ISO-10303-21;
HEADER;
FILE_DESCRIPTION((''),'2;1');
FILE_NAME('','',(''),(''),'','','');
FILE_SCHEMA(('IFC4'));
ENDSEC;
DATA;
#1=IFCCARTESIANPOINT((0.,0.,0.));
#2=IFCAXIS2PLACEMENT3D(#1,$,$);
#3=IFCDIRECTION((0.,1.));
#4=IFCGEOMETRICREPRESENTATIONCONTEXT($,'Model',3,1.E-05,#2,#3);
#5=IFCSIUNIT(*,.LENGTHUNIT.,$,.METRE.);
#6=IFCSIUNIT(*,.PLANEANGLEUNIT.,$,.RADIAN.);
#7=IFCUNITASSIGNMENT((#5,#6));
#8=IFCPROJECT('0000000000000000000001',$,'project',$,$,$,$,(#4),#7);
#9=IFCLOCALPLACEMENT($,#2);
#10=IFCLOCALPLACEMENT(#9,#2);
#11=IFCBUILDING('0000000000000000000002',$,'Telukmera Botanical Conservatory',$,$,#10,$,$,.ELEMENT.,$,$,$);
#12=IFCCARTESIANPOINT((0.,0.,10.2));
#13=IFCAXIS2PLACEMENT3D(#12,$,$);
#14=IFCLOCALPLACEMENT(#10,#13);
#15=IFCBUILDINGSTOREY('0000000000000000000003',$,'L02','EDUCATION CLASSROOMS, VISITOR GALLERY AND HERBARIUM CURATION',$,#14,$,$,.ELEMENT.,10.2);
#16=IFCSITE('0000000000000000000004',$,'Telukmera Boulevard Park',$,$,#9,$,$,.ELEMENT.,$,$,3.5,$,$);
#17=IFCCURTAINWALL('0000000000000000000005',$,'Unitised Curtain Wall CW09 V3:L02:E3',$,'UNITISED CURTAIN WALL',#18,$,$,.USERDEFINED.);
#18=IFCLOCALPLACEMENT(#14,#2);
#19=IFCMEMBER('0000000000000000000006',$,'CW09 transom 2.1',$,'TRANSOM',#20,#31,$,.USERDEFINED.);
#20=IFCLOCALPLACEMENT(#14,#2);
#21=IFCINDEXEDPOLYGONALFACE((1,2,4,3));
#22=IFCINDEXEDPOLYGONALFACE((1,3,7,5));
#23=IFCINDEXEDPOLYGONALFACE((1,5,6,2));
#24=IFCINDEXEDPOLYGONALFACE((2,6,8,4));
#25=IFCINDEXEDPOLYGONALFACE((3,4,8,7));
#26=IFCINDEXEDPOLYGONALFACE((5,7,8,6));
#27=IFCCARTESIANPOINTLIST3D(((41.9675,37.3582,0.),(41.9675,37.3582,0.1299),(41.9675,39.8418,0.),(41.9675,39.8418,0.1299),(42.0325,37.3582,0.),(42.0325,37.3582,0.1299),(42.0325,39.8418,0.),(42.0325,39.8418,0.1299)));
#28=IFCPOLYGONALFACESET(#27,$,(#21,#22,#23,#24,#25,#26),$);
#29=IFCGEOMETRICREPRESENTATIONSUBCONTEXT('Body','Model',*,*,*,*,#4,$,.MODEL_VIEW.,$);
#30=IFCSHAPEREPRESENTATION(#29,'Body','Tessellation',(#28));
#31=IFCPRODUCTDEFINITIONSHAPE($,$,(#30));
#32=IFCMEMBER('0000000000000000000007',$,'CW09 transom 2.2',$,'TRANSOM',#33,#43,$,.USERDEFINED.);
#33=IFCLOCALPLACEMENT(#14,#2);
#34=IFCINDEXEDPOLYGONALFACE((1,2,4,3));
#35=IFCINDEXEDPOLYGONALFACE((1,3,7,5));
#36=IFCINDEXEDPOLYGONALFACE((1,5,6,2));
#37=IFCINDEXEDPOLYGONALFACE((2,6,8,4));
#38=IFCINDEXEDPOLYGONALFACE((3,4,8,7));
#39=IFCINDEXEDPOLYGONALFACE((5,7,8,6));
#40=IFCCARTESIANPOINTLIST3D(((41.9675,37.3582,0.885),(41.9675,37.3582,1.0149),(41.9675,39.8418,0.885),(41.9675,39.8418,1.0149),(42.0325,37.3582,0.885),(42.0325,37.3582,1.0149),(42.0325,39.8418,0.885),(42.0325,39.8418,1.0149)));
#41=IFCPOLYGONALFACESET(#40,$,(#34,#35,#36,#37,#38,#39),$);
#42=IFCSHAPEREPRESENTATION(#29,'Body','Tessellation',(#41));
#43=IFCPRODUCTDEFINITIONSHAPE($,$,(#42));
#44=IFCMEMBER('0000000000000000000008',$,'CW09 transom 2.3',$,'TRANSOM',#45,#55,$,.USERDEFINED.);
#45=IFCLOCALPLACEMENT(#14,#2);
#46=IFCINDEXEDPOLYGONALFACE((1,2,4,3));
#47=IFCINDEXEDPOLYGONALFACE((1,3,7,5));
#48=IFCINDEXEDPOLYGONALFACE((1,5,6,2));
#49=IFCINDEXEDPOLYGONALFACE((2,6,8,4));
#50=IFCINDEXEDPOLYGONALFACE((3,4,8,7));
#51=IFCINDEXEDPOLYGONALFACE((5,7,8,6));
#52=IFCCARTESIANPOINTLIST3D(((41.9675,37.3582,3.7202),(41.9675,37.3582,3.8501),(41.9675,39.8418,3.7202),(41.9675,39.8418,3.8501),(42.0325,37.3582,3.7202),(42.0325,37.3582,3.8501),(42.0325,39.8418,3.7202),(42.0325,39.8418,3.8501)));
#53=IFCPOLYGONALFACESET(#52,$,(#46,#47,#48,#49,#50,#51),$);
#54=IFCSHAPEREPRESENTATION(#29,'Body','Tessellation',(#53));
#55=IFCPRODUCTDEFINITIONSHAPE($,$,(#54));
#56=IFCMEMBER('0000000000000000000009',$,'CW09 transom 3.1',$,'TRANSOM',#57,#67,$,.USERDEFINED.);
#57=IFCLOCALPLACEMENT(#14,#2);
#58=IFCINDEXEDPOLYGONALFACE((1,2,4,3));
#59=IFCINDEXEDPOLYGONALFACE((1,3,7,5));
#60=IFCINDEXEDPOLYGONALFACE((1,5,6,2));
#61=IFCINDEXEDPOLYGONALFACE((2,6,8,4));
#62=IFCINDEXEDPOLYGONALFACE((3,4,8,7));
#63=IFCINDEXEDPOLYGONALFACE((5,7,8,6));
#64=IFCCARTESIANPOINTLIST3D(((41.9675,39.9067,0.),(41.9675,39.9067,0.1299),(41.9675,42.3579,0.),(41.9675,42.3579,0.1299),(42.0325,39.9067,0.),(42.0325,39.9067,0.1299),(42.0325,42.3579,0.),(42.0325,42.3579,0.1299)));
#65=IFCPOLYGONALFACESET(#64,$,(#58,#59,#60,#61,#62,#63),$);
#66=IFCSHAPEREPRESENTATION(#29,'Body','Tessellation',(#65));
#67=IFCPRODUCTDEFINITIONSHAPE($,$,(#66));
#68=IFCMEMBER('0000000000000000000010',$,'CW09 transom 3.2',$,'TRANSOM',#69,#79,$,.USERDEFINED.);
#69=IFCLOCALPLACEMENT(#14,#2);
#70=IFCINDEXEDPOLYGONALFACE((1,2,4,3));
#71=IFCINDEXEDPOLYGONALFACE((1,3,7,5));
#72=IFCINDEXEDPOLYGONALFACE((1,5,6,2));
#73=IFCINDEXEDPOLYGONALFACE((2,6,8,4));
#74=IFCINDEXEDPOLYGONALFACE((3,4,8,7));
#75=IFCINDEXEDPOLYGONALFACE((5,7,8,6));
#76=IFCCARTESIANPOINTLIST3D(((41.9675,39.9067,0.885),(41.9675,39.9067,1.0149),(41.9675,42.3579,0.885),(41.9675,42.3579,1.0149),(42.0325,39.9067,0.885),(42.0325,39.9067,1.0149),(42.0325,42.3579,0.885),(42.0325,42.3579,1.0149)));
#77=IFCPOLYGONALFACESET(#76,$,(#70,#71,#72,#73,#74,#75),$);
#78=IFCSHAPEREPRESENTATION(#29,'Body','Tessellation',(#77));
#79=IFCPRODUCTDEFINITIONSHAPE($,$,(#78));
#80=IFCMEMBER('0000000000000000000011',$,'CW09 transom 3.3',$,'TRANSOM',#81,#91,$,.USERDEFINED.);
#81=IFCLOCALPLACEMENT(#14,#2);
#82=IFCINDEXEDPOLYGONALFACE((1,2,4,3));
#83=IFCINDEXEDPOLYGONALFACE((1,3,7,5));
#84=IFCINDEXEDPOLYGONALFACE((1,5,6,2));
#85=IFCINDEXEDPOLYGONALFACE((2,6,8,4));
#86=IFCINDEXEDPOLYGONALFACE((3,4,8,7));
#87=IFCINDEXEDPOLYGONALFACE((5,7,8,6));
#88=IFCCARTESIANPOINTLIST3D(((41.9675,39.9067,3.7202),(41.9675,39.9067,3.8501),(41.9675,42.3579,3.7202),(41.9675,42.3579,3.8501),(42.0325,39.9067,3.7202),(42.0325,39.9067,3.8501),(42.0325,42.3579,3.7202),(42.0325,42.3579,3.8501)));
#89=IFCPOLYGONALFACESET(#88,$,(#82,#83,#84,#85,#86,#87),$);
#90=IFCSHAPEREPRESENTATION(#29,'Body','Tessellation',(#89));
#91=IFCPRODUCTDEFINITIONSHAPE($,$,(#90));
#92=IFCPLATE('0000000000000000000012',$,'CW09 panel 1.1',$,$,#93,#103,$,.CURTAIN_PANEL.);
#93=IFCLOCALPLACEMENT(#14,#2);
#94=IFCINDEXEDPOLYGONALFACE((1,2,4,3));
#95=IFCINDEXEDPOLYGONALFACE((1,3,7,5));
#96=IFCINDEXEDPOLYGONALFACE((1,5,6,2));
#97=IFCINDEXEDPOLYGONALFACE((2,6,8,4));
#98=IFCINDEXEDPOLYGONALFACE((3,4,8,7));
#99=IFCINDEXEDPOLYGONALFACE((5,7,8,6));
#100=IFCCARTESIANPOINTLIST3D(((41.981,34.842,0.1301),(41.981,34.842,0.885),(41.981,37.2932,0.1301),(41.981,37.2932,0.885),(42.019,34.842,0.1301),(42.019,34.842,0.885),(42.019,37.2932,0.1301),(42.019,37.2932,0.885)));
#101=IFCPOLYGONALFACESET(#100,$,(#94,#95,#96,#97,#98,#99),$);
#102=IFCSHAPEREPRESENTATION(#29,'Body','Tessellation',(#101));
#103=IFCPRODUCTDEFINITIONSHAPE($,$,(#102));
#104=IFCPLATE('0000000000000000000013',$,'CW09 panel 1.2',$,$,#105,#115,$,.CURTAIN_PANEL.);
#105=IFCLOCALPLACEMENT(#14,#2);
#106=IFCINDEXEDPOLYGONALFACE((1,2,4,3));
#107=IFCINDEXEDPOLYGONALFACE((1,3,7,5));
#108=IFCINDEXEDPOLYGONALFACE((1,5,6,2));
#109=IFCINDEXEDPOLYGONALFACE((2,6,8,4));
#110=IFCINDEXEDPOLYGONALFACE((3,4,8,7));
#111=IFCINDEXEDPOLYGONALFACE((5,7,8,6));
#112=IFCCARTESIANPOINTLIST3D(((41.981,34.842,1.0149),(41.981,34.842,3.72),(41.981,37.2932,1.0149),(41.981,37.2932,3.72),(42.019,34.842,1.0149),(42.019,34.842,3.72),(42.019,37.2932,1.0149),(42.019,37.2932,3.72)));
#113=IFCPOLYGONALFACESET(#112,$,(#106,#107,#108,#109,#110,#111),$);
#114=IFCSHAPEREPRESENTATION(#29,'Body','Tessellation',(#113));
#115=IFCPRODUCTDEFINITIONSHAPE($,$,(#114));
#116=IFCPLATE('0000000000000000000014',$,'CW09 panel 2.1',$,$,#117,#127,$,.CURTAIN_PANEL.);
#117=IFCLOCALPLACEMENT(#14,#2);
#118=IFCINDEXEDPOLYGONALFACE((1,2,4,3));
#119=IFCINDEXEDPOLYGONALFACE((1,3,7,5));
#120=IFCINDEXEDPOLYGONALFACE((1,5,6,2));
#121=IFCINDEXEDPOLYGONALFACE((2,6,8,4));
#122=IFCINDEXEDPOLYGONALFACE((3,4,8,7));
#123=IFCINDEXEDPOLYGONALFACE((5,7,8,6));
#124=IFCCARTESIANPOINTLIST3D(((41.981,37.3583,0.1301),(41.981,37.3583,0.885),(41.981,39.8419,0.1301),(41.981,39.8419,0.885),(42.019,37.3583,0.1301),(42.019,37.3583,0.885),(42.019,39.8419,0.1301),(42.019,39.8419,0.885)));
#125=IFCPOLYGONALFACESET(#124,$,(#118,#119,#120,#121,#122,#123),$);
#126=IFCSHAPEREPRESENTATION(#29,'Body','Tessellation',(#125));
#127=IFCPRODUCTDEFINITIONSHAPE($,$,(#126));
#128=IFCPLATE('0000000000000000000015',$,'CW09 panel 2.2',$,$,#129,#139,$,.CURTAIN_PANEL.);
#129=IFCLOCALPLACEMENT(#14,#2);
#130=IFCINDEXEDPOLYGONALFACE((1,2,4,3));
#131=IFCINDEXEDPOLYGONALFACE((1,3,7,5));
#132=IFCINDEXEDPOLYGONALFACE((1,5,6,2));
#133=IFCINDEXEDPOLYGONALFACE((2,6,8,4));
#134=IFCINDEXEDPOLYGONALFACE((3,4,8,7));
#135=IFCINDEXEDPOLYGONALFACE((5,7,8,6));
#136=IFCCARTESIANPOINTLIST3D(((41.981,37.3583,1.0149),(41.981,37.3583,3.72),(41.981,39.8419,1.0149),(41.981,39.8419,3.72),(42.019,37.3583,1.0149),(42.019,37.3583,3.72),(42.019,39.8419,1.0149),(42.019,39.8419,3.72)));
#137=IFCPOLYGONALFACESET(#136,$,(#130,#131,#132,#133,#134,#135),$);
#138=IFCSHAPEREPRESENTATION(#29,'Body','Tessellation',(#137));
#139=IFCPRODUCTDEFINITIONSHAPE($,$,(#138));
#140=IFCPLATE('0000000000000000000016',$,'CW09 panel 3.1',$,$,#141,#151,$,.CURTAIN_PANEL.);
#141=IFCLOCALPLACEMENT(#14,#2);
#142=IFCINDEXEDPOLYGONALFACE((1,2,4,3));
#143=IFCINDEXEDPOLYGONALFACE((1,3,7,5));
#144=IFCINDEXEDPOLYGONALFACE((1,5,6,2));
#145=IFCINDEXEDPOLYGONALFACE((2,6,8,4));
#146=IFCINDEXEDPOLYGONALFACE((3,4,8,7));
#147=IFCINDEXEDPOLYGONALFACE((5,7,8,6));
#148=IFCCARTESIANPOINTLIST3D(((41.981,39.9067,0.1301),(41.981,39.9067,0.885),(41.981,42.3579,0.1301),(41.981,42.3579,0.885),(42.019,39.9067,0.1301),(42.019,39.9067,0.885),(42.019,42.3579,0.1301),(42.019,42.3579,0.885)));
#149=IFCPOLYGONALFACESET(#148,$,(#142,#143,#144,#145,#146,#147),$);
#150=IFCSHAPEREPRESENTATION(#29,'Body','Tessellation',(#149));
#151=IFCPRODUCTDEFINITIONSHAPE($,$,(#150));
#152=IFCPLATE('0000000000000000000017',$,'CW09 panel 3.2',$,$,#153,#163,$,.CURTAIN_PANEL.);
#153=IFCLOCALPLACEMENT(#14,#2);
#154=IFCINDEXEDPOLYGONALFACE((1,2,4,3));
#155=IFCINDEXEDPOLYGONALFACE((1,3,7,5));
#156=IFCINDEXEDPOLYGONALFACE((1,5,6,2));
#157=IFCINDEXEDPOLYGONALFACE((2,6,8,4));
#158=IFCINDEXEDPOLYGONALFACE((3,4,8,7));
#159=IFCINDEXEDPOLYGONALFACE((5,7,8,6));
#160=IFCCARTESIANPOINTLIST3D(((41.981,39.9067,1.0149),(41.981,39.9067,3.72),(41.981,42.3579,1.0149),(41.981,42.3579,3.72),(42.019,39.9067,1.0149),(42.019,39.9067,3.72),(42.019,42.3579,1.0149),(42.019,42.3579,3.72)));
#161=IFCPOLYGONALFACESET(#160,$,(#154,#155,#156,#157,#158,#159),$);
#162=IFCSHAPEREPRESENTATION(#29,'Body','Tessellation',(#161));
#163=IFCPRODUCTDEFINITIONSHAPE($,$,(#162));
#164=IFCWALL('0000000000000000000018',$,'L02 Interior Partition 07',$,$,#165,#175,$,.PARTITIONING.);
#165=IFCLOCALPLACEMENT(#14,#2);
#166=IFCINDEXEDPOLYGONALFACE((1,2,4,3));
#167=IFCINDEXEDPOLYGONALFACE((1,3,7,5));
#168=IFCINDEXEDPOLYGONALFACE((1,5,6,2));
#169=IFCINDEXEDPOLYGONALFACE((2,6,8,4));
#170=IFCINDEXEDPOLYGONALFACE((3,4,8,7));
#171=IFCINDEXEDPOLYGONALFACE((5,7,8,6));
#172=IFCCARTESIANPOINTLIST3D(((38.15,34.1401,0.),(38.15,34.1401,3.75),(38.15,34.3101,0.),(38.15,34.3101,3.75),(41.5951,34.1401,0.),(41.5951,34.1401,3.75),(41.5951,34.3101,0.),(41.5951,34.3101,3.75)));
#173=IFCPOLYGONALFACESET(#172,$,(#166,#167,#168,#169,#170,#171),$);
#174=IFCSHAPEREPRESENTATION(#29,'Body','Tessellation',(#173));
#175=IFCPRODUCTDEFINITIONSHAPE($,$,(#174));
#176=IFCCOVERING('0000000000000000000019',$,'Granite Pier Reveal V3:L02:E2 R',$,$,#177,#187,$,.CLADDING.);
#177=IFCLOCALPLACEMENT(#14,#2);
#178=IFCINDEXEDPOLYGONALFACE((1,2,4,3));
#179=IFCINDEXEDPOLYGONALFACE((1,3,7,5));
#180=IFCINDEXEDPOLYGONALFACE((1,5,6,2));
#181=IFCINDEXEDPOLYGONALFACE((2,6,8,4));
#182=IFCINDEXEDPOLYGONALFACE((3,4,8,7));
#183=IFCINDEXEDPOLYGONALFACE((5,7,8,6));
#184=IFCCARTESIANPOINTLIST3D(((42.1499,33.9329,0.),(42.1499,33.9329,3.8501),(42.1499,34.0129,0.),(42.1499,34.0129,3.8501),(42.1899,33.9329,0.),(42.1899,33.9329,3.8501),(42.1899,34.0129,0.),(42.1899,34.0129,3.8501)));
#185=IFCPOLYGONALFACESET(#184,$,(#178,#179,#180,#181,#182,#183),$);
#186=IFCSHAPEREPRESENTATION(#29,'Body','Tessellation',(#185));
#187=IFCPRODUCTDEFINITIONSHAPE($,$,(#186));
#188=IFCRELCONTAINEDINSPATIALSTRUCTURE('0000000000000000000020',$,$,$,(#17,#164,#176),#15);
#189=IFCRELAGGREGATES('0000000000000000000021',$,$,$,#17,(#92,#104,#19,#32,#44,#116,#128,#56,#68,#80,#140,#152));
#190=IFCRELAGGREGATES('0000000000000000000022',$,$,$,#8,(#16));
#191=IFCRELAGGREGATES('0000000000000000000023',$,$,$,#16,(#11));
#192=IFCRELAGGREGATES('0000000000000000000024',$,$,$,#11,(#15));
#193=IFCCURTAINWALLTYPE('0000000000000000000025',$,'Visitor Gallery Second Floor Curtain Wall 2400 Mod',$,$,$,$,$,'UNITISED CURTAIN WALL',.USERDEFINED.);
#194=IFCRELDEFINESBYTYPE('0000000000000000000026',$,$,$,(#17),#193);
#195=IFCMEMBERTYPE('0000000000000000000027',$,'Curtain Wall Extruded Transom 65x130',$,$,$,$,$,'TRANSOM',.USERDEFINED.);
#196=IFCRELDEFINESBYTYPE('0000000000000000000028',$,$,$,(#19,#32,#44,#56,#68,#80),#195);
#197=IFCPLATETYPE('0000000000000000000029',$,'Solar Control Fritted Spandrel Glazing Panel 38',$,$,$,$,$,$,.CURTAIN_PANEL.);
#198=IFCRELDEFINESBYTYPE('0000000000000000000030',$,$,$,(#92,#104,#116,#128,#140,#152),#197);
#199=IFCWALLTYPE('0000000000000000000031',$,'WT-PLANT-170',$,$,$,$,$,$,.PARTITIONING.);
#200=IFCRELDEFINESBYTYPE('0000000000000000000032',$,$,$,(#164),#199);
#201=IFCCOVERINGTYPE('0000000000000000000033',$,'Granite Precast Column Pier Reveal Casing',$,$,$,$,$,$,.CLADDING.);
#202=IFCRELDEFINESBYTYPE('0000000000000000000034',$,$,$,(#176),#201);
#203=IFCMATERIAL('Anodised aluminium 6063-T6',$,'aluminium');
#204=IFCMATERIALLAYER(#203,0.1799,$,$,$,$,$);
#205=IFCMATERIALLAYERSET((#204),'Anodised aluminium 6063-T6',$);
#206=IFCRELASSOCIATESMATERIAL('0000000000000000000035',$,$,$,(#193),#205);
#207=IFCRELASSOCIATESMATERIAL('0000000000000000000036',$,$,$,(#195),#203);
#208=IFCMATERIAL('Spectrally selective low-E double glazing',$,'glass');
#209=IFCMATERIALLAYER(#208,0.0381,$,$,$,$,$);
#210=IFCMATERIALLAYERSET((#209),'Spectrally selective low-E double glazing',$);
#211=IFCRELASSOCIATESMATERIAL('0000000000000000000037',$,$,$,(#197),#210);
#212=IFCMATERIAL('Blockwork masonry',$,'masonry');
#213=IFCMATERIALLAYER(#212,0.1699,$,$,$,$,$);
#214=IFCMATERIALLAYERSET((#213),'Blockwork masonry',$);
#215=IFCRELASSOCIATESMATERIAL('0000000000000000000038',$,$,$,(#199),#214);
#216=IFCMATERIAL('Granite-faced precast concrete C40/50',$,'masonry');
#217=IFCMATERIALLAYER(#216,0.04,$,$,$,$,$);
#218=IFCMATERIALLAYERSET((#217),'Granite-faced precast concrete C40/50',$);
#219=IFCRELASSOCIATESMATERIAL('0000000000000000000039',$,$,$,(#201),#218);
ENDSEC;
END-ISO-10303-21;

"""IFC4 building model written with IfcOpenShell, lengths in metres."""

from ifc_helpers import new_model, si_unit, direction, frame, frame_2d, origin, origin_2d, place, context, subcontext, project, spatial, rectangle, extrude, material, layer, layer_set, material_profile, profile_set, type_object, element, aggregate, save


model = new_model("IFC4")

# Units and contexts
model_context = context("Model", 3, precision=1e-05, world=origin(), true_north=direction((0.0, 1.0)))
body_context = subcontext(model_context, "Body", "Model", "MODEL_VIEW")
ifc_project = project(units=[si_unit("LENGTHUNIT", "METRE"), si_unit("PLANEANGLEUNIT", "RADIAN")], contexts=[model_context])

# Site, building, storey
site_placement = place(None, origin())
site = spatial("IfcSite", under=ifc_project, at=site_placement, Name="Telukmera Boulevard Park", CompositionType="ELEMENT", RefElevation=3.5)
building_placement = place(site_placement, origin())
building = spatial("IfcBuilding", under=site, at=building_placement, Name="Telukmera Botanical Conservatory", CompositionType="ELEMENT")
storey_placement = place(building_placement, frame((0.0, 0.0, 10.2)))
storey = spatial("IfcBuildingStorey", under=building, at=storey_placement, Name="L02", Description="EDUCATION CLASSROOMS, VISITOR GALLERY AND HERBARIUM CURATION", CompositionType="ELEMENT", Elevation=10.2)

# Curtain wall, members, plates
ifc_material_1 = material(Name="Anodised aluminium 6063-T6", Category="aluminium")
ifc_layer_1 = layer(ifc_material_1, 0.1799)
ifc_layer_set_1 = layer_set([ifc_layer_1], Name="Anodised aluminium 6063-T6")
curtain_wall_type = type_object("IfcCurtainWallType", Name="Visitor Gallery Second Floor Curtain Wall 2400 Mod", ElementType="UNITISED CURTAIN WALL", PredefinedType="USERDEFINED", material=ifc_layer_set_1)
curtain_wall_placement = place(storey_placement, origin())
curtain_wall = element("IfcCurtainWall", 1, at=curtain_wall_placement, inside=storey, type_object=curtain_wall_type, Name="Unitised Curtain Wall CW09 V3:L02:E3", ObjectType="UNITISED CURTAIN WALL", PredefinedType="USERDEFINED")
ifc_material_profile_1 = material_profile(ifc_material_1, rectangle(XDim=0.0649, YDim=0.1299, at=origin_2d()), Name="ALU TRAN 65x130")
ifc_profile_set_1 = profile_set([ifc_material_profile_1], Name="Anodised aluminium 6063-T6")
member_type_1 = type_object("IfcMemberType", Name="Curtain Wall Extruded Transom 65x130", ElementType="TRANSOM", PredefinedType="USERDEFINED", material=ifc_profile_set_1)
member_1_placement = place(storey_placement, frame((42.0, 37.3582, 0.0649), z_axis=(0.0, 1.0, 0.0), x_axis=(-1.0, 0.0, 0.0)))
member_1 = element("IfcMember", 2, at=member_1_placement, type_object=member_type_1, Name="CW09 transom 2.1", ObjectType="TRANSOM", PredefinedType="USERDEFINED", context=body_context, shape_type="SweptSolid", body=[
    extrude(rectangle(XDim=0.0649, YDim=0.1299, at=origin_2d()), origin(), (0.0, 0.0, 1.0), 2.4836),
])
member_2_placement = place(storey_placement, frame((42.0, 37.3582, 0.95), z_axis=(0.0, 1.0, 0.0), x_axis=(-1.0, 0.0, 0.0)))
member_2 = element("IfcMember", 3, at=member_2_placement, type_object=member_type_1, Name="CW09 transom 2.2", ObjectType="TRANSOM", PredefinedType="USERDEFINED", context=body_context, shape_type="SweptSolid", body=[
    extrude(rectangle(XDim=0.0649, YDim=0.1299, at=origin_2d()), origin(), (0.0, 0.0, 1.0), 2.4836),
])
member_3_placement = place(storey_placement, frame((42.0, 37.3582, 3.7852), z_axis=(0.0, 1.0, 0.0), x_axis=(-1.0, 0.0, 0.0)))
member_3 = element("IfcMember", 4, at=member_3_placement, type_object=member_type_1, Name="CW09 transom 2.3", ObjectType="TRANSOM", PredefinedType="USERDEFINED", context=body_context, shape_type="SweptSolid", body=[
    extrude(rectangle(XDim=0.0649, YDim=0.1299, at=origin_2d()), origin(), (0.0, 0.0, 1.0), 2.4836),
])
member_4_placement = place(storey_placement, frame((42.0, 39.9067, 0.0649), z_axis=(0.0, 1.0, 0.0), x_axis=(-1.0, 0.0, 0.0)))
member_4 = element("IfcMember", 5, at=member_4_placement, type_object=member_type_1, Name="CW09 transom 3.1", ObjectType="TRANSOM", PredefinedType="USERDEFINED", context=body_context, shape_type="SweptSolid", body=[
    extrude(rectangle(XDim=0.0649, YDim=0.1299, at=origin_2d()), origin(), (0.0, 0.0, 1.0), 2.4512),
])
member_5_placement = place(storey_placement, frame((42.0, 39.9067, 0.95), z_axis=(0.0, 1.0, 0.0), x_axis=(-1.0, 0.0, 0.0)))
member_5 = element("IfcMember", 6, at=member_5_placement, type_object=member_type_1, Name="CW09 transom 3.2", ObjectType="TRANSOM", PredefinedType="USERDEFINED", context=body_context, shape_type="SweptSolid", body=[
    extrude(rectangle(XDim=0.0649, YDim=0.1299, at=origin_2d()), origin(), (0.0, 0.0, 1.0), 2.4512),
])
member_6_placement = place(storey_placement, frame((42.0, 39.9067, 3.7852), z_axis=(0.0, 1.0, 0.0), x_axis=(-1.0, 0.0, 0.0)))
member_6 = element("IfcMember", 7, at=member_6_placement, type_object=member_type_1, Name="CW09 transom 3.3", ObjectType="TRANSOM", PredefinedType="USERDEFINED", context=body_context, shape_type="SweptSolid", body=[
    extrude(rectangle(XDim=0.0649, YDim=0.1299, at=origin_2d()), origin(), (0.0, 0.0, 1.0), 2.4512),
])
ifc_material_2 = material(Name="Spectrally selective low-E double glazing", Category="glass")
ifc_layer_2 = layer(ifc_material_2, 0.0381)
ifc_layer_set_2 = layer_set([ifc_layer_2], Name="Spectrally selective low-E double glazing")
plate_type = type_object("IfcPlateType", Name="Solar Control Fritted Spandrel Glazing Panel 38", PredefinedType="CURTAIN_PANEL", material=ifc_layer_set_2)
plate_1_placement = place(storey_placement, frame((42.0, 36.0676, 0.1301), z_axis=(0.0, 0.0, 1.0), x_axis=(0.0, 1.0, 0.0)))
plate_1 = element("IfcPlate", 8, at=plate_1_placement, type_object=plate_type, Name="CW09 panel 1.1", PredefinedType="CURTAIN_PANEL", context=body_context, shape_type="SweptSolid", body=[
    extrude(rectangle(XDim=2.4512, YDim=0.0381, at=origin_2d()), origin(), (0.0, 0.0, 1.0), 0.7549),
])
plate_2_placement = place(storey_placement, frame((42.0, 36.0676, 1.0149), z_axis=(0.0, 0.0, 1.0), x_axis=(0.0, 1.0, 0.0)))
plate_2 = element("IfcPlate", 9, at=plate_2_placement, type_object=plate_type, Name="CW09 panel 1.2", PredefinedType="CURTAIN_PANEL", context=body_context, shape_type="SweptSolid", body=[
    extrude(rectangle(XDim=2.4512, YDim=0.0381, at=origin_2d()), origin(), (0.0, 0.0, 1.0), 2.7051),
])
plate_3_placement = place(storey_placement, frame((42.0, 38.6001, 0.1301), z_axis=(0.0, 0.0, 1.0), x_axis=(0.0, 1.0, 0.0)))
plate_3 = element("IfcPlate", 10, at=plate_3_placement, type_object=plate_type, Name="CW09 panel 2.1", PredefinedType="CURTAIN_PANEL", context=body_context, shape_type="SweptSolid", body=[
    extrude(rectangle(XDim=2.4836, YDim=0.0381, at=origin_2d()), origin(), (0.0, 0.0, 1.0), 0.7549),
])
plate_4_placement = place(storey_placement, frame((42.0, 38.6001, 1.0149), z_axis=(0.0, 0.0, 1.0), x_axis=(0.0, 1.0, 0.0)))
plate_4 = element("IfcPlate", 11, at=plate_4_placement, type_object=plate_type, Name="CW09 panel 2.2", PredefinedType="CURTAIN_PANEL", context=body_context, shape_type="SweptSolid", body=[
    extrude(rectangle(XDim=2.4836, YDim=0.0381, at=origin_2d()), origin(), (0.0, 0.0, 1.0), 2.7051),
])
plate_5_placement = place(storey_placement, frame((42.0, 41.1323, 0.1301), z_axis=(0.0, 0.0, 1.0), x_axis=(0.0, 1.0, 0.0)))
plate_5 = element("IfcPlate", 12, at=plate_5_placement, type_object=plate_type, Name="CW09 panel 3.1", PredefinedType="CURTAIN_PANEL", context=body_context, shape_type="SweptSolid", body=[
    extrude(rectangle(XDim=2.4512, YDim=0.0381, at=origin_2d()), origin(), (0.0, 0.0, 1.0), 0.7549),
])
plate_6_placement = place(storey_placement, frame((42.0, 41.1323, 1.0149), z_axis=(0.0, 0.0, 1.0), x_axis=(0.0, 1.0, 0.0)))
plate_6 = element("IfcPlate", 13, at=plate_6_placement, type_object=plate_type, Name="CW09 panel 3.2", PredefinedType="CURTAIN_PANEL", context=body_context, shape_type="SweptSolid", body=[
    extrude(rectangle(XDim=2.4512, YDim=0.0381, at=origin_2d()), origin(), (0.0, 0.0, 1.0), 2.7051),
])
aggregate(curtain_wall, [plate_1, plate_2, member_1, member_2, member_3, plate_3, plate_4, member_4, member_5, member_6, plate_5, plate_6])

# Wall
ifc_material_3 = material(Name="Blockwork masonry", Category="masonry")
ifc_layer_3 = layer(ifc_material_3, 0.1699)
ifc_layer_set_3 = layer_set([ifc_layer_3], Name="Blockwork masonry")
wall_type = type_object("IfcWallType", Name="WT-PLANT-170", PredefinedType="PARTITIONING", material=ifc_layer_set_3)
wall_placement = place(storey_placement, frame((38.1499, 34.2251, 0.0), z_axis=(0.0, 0.0, 1.0), x_axis=(1.0, 0.0, 0.0)))
element("IfcWall", 14, at=wall_placement, inside=storey, type_object=wall_type, Name="L02 Interior Partition 07", PredefinedType="PARTITIONING", context=body_context, shape_type="SweptSolid", body=[
    extrude(rectangle(XDim=3.4451, YDim=0.1699, at=frame_2d((1.7227, 0.0))), origin(), (0.0, 0.0, 1.0), 3.75),
])

# Covering
ifc_material_4 = material(Name="Granite-faced precast concrete C40/50", Category="masonry")
ifc_layer_4 = layer(ifc_material_4, 0.04)
ifc_layer_set_4 = layer_set([ifc_layer_4], Name="Granite-faced precast concrete C40/50")
covering_type = type_object("IfcCoveringType", Name="Granite Precast Column Pier Reveal Casing", PredefinedType="CLADDING", material=ifc_layer_set_4)
for number, where, z_axis, x_axis, name in (
    (15, (42.1699, 33.9729, 0.0), (0.0, 0.0, 1.0), (0.0, 1.0, 0.0), "Granite Pier Reveal V3:L02:E2 R"),
):
    element("IfcCovering", number, at=place(storey_placement, frame(where, z_axis=z_axis, x_axis=x_axis)), inside=storey, type_object=covering_type, Name=name, PredefinedType="CLADDING", context=body_context, shape_type="SweptSolid", body=[
        extrude(rectangle(XDim=0.0801, YDim=0.04, at=origin_2d()), origin(), (0.0, 0.0, 1.0), 3.8501),
    ])

save(model, "model.ifc")
